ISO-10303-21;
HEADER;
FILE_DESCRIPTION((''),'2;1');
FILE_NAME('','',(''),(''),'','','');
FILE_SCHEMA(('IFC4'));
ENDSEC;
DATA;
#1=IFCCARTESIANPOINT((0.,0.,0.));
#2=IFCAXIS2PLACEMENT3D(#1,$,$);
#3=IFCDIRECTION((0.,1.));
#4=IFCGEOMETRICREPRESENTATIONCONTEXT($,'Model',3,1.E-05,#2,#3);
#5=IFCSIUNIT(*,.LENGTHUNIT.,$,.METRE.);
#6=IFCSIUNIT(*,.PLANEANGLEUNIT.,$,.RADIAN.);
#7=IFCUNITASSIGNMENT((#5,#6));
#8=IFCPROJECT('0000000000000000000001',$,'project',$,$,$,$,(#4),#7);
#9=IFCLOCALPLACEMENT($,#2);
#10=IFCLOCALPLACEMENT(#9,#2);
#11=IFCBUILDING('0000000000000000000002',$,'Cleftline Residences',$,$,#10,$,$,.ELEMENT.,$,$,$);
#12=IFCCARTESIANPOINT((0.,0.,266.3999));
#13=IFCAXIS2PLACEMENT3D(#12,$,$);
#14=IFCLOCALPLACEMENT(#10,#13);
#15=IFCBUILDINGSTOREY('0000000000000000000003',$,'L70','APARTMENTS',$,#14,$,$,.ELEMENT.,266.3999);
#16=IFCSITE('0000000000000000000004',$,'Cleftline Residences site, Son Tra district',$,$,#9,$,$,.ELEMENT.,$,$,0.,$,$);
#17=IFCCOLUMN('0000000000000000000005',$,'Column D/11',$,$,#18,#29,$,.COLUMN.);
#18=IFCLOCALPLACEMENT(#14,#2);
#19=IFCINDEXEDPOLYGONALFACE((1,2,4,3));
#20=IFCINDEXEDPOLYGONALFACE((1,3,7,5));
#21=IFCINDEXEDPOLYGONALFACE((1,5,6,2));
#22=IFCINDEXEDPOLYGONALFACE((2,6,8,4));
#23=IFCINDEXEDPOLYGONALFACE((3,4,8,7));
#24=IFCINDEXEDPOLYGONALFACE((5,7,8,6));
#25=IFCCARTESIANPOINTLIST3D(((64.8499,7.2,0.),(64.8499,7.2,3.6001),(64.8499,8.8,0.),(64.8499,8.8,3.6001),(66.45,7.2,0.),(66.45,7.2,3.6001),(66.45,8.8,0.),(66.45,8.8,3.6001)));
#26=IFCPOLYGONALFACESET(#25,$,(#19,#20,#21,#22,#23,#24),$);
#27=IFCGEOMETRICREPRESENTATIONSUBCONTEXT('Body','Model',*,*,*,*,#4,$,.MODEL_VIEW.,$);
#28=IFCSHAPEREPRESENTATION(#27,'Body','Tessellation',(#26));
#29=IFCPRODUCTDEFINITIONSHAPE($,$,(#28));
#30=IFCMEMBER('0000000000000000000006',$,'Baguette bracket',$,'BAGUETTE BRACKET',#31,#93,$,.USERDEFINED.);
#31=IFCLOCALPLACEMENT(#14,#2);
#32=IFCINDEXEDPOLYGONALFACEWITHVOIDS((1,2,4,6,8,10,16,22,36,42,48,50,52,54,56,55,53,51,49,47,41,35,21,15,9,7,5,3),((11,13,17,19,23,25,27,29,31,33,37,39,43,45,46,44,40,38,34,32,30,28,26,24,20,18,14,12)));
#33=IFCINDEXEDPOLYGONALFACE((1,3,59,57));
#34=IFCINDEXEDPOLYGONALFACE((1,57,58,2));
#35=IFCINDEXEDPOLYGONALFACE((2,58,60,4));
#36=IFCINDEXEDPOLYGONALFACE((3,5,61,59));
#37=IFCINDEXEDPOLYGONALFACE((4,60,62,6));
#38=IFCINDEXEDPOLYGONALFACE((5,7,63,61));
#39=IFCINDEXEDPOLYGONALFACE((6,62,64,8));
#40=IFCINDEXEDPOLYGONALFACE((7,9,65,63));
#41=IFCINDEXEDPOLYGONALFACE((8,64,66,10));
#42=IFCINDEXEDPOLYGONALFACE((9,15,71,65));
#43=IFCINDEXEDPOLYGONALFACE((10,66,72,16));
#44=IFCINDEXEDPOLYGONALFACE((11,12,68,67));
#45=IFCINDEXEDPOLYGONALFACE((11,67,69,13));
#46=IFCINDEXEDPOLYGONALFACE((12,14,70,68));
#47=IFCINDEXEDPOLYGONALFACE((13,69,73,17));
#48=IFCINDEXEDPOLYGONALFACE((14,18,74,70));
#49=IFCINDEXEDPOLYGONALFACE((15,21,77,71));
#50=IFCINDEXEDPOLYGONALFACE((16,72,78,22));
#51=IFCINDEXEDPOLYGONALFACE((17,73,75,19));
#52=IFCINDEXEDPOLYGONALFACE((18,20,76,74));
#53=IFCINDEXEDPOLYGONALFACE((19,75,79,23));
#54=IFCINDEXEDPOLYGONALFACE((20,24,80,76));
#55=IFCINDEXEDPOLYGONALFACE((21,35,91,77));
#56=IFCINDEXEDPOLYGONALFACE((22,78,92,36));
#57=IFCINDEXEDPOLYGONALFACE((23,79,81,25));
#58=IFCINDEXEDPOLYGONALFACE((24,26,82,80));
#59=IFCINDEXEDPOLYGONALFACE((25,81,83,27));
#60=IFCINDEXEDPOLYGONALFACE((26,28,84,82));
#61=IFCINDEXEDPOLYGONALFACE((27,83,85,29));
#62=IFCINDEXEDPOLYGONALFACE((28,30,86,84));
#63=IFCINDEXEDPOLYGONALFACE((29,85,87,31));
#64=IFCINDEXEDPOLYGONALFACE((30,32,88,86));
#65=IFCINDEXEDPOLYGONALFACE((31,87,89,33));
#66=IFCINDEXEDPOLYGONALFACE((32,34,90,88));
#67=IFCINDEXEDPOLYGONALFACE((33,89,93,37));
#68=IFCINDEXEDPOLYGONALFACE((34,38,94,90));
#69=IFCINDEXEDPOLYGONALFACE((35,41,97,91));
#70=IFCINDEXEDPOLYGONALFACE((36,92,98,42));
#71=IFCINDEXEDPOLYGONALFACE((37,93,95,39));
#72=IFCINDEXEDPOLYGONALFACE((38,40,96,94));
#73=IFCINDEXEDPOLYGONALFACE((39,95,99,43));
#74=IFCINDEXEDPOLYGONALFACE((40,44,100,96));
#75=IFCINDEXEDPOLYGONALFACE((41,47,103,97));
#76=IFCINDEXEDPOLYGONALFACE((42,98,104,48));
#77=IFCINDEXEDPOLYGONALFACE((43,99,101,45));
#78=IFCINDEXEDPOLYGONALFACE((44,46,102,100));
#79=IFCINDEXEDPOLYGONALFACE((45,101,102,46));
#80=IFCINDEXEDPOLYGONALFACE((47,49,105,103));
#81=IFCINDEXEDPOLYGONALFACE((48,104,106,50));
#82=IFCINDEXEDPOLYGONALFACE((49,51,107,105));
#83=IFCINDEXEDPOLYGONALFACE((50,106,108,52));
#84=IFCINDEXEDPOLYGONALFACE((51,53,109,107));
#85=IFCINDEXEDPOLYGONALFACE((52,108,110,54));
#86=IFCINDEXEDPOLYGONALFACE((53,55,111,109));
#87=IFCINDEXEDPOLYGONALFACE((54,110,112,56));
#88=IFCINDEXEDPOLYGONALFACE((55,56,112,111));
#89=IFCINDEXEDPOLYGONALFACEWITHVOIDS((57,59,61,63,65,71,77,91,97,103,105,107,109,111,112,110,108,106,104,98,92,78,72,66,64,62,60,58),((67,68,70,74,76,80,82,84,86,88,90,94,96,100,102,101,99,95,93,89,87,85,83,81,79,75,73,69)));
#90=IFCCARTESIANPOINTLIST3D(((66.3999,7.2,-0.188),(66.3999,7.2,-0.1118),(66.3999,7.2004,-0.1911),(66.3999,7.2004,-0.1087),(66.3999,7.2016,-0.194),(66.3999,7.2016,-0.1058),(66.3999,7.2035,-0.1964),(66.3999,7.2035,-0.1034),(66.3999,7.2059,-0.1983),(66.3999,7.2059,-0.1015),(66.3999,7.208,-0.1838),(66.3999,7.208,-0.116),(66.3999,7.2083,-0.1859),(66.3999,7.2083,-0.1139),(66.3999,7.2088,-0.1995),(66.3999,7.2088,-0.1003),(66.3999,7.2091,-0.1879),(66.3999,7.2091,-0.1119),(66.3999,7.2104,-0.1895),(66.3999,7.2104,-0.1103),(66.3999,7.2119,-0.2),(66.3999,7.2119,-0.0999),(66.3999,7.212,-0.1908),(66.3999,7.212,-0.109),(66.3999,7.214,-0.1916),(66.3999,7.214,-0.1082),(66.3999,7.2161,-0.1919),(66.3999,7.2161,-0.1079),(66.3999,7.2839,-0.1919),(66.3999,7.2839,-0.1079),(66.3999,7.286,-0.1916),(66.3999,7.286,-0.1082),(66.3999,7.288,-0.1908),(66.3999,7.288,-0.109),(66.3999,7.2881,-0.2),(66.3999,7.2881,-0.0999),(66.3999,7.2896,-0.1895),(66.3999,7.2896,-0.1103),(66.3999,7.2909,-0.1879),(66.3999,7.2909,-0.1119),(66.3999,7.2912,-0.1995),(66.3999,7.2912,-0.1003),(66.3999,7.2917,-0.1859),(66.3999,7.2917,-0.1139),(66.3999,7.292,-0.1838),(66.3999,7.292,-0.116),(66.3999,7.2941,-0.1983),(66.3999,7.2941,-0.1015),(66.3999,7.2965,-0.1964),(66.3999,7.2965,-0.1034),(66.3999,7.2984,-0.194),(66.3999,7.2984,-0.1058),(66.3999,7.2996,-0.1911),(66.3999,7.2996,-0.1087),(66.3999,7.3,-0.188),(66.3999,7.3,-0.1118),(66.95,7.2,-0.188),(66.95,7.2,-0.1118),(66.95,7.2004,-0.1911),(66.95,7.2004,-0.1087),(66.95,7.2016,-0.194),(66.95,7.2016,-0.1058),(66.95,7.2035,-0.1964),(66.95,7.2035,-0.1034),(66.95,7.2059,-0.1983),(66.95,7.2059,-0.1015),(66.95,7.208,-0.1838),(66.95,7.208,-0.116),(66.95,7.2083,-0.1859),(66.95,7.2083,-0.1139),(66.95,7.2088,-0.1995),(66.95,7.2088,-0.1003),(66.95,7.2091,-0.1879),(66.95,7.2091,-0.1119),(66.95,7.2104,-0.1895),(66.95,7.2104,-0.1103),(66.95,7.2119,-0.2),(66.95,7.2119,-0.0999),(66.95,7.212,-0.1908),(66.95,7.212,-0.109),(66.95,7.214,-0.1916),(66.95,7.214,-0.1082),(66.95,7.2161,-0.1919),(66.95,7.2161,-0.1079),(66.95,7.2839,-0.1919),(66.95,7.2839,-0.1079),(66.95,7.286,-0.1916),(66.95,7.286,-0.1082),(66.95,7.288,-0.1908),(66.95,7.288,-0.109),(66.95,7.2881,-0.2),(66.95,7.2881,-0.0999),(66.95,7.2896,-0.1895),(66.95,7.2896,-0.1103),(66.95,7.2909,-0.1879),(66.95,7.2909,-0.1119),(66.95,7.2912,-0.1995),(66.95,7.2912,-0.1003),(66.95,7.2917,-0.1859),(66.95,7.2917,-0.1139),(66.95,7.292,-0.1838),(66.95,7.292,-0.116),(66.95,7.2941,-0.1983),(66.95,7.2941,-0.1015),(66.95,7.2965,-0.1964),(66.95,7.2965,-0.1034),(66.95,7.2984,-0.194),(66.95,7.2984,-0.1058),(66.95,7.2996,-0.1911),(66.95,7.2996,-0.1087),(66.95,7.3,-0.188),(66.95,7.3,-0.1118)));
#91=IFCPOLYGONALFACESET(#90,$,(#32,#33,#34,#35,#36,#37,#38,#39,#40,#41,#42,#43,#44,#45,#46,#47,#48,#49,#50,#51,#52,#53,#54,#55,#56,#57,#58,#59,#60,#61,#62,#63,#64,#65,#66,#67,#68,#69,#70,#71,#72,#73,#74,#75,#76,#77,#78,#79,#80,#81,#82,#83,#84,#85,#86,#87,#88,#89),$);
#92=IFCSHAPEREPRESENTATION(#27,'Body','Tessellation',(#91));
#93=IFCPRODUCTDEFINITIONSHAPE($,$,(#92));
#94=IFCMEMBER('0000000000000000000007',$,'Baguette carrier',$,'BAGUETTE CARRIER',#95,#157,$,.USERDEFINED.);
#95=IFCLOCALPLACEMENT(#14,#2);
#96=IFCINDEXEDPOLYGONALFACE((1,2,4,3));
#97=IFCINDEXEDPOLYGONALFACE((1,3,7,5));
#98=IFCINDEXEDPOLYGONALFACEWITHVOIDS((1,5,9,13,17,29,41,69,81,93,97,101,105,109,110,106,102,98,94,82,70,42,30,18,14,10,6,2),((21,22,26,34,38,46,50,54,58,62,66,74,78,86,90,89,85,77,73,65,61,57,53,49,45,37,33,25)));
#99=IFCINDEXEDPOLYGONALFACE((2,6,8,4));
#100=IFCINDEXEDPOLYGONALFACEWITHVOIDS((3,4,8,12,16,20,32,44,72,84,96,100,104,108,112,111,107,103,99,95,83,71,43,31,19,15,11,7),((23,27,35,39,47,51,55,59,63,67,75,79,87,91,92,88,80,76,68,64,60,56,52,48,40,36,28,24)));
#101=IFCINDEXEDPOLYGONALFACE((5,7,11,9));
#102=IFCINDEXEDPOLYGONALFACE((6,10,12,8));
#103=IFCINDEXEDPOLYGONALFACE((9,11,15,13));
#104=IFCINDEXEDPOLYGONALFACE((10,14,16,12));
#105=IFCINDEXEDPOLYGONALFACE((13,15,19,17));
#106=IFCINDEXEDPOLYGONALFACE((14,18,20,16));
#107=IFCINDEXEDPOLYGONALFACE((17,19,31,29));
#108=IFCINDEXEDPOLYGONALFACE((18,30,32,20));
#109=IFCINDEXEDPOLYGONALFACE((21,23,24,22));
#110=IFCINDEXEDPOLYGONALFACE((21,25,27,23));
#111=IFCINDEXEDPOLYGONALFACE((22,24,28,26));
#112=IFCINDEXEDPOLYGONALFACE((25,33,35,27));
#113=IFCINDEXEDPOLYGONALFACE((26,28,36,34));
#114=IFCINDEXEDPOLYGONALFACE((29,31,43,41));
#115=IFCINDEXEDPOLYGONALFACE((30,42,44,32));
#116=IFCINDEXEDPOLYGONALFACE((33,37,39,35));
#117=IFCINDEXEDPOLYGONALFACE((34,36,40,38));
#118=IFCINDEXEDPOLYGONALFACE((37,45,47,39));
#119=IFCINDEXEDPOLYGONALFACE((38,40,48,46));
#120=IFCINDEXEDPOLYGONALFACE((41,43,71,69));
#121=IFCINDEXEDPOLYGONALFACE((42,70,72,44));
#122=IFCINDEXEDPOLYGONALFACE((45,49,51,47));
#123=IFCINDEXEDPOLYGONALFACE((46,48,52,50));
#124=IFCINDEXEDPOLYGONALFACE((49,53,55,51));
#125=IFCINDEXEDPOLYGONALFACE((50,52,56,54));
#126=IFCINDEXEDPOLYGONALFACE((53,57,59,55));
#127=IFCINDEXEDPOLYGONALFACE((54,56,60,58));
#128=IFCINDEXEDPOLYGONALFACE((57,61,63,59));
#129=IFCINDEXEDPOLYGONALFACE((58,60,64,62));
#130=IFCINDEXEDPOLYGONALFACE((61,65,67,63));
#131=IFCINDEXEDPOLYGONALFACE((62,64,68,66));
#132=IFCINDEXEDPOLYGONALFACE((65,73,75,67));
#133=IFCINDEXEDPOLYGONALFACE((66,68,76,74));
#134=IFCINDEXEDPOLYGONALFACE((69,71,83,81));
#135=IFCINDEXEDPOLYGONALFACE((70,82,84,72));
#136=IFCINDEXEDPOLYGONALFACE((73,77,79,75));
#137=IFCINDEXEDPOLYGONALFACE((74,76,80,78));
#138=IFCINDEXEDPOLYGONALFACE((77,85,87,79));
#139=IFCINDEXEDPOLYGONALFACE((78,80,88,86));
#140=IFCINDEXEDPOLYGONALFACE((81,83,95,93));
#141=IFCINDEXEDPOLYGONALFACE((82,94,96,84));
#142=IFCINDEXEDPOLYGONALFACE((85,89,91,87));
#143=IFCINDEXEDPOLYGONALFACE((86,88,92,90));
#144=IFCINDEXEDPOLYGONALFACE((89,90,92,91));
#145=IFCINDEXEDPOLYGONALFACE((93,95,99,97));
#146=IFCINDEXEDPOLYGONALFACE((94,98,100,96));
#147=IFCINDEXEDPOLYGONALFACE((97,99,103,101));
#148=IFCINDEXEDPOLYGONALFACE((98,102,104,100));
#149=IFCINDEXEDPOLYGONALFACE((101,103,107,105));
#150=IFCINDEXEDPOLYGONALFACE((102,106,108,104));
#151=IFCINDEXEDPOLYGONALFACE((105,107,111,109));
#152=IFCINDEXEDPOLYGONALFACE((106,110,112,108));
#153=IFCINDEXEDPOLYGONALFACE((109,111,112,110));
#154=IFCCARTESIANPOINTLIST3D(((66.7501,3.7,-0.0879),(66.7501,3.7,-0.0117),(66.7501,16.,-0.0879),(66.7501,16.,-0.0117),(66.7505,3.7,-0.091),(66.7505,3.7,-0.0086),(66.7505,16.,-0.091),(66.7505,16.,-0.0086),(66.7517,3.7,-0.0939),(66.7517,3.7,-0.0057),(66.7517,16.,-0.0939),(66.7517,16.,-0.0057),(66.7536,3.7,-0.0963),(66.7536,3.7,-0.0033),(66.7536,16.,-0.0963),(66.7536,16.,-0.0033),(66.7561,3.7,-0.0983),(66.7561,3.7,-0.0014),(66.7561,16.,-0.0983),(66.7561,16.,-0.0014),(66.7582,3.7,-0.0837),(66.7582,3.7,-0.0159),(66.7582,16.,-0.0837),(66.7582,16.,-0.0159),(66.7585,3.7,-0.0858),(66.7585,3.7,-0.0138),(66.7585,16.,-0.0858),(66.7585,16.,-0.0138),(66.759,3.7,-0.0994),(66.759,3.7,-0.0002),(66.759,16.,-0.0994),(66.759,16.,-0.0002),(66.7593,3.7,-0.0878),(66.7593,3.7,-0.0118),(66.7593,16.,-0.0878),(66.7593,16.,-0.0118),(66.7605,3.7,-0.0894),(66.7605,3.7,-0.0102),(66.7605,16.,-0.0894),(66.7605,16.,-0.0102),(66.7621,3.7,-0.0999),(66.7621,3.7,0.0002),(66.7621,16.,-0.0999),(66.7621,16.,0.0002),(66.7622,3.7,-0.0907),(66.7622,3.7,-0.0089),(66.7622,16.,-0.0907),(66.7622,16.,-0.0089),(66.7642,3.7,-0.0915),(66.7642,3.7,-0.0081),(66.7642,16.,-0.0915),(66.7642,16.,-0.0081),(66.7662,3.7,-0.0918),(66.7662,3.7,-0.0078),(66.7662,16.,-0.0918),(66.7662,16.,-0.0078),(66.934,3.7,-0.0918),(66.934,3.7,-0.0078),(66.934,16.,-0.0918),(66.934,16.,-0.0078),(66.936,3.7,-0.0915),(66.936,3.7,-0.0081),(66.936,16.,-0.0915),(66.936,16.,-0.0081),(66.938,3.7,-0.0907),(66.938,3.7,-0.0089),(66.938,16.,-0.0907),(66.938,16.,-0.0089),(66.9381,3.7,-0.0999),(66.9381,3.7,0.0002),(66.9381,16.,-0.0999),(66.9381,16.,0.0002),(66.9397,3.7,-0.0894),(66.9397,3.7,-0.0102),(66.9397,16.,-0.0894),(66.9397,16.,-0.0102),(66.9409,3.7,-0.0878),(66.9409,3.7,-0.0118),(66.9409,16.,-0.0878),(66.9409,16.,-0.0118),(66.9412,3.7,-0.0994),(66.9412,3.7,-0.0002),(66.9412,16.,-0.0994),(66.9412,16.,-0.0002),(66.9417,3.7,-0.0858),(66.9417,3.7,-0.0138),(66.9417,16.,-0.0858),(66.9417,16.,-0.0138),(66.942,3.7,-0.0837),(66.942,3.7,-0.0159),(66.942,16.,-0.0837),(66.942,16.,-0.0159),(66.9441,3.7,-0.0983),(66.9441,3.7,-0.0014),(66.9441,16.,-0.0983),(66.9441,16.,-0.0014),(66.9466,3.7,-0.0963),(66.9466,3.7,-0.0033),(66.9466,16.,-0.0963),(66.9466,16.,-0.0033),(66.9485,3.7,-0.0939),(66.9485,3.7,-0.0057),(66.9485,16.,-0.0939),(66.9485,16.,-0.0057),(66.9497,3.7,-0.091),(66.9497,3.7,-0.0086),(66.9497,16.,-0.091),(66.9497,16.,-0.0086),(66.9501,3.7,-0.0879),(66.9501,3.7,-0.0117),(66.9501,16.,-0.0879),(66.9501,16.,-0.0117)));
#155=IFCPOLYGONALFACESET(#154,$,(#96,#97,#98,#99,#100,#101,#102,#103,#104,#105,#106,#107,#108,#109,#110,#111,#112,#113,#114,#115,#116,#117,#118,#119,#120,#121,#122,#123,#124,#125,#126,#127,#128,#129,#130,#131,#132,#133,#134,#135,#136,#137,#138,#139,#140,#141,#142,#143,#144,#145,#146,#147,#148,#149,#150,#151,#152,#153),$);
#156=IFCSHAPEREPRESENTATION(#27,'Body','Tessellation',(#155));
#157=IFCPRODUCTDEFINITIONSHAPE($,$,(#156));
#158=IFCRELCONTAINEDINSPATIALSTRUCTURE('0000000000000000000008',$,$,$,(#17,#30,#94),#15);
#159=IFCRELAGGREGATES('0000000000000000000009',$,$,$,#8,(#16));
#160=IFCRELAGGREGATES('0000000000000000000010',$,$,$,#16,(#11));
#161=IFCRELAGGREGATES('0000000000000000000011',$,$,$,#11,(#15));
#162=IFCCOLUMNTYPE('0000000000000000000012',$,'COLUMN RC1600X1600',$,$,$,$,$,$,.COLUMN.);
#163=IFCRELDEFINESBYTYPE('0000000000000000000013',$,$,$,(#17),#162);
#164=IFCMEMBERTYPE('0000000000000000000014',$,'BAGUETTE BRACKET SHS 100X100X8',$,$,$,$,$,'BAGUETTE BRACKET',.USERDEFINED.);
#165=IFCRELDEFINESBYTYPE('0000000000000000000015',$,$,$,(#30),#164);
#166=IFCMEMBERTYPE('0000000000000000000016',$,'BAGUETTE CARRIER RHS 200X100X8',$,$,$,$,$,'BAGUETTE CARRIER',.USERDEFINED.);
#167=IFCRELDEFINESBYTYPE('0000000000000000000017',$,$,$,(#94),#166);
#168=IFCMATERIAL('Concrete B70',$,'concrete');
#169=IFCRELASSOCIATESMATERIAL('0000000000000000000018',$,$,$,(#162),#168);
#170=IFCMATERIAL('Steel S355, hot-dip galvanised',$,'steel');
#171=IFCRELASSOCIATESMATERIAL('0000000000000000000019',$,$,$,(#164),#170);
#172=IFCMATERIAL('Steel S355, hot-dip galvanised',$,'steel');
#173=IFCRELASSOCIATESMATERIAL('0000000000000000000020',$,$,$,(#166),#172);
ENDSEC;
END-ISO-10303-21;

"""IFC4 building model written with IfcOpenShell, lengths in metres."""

from ifc_helpers import new_model, si_unit, direction, frame, origin, origin_2d, place, context, subcontext, project, spatial, rectangle, hollow_rectangle, extrude, material, material_profile, profile_set, type_object, element, save


model = new_model("IFC4")

# Units and contexts
model_context = context("Model", 3, precision=1e-05, world=origin(), true_north=direction((0.0, 1.0)))
body_context = subcontext(model_context, "Body", "Model", "MODEL_VIEW")
ifc_project = project(units=[si_unit("LENGTHUNIT", "METRE"), si_unit("PLANEANGLEUNIT", "RADIAN")], contexts=[model_context])

# Site, building, storey
site_placement = place(None, origin())
site = spatial("IfcSite", under=ifc_project, at=site_placement, Name="Cleftline Residences site, Son Tra district", CompositionType="ELEMENT", RefElevation=0.0)
building_placement = place(site_placement, origin())
building = spatial("IfcBuilding", under=site, at=building_placement, Name="Cleftline Residences", CompositionType="ELEMENT")
storey_placement = place(building_placement, frame((0.0, 0.0, 266.3999)))
storey = spatial("IfcBuildingStorey", under=building, at=storey_placement, Name="L70", Description="APARTMENTS", CompositionType="ELEMENT", Elevation=266.3999)

# Column
ifc_material_1 = material(Name="Concrete B70", Category="concrete")
ifc_material_profile_1 = material_profile(ifc_material_1, rectangle(XDim=1.6001, YDim=1.6001, at=origin_2d()))
ifc_profile_set_1 = profile_set([ifc_material_profile_1], Name="Concrete B70")
column_type = type_object("IfcColumnType", Name="COLUMN RC1600X1600", PredefinedType="COLUMN", material=ifc_profile_set_1)
column_placement = place(storey_placement, frame((65.6499, 8.0, 0.0), z_axis=(0.0, 0.0, 1.0), x_axis=(1.0, 0.0, 0.0)))
element("IfcColumn", 1, at=column_placement, inside=storey, type_object=column_type, Name="Column D/11", PredefinedType="COLUMN", context=body_context, shape_type="SweptSolid", body=[
    extrude(rectangle(XDim=1.6001, YDim=1.6001, at=origin_2d()), origin(), (0.0, 0.0, 1.0), 3.6001),
])

# Members
ifc_material_2 = material(Name="Steel S355, hot-dip galvanised", Category="steel")
ifc_material_profile_2 = material_profile(ifc_material_2, hollow_rectangle(XDim=0.1001, YDim=0.1001, WallThickness=0.0081, InnerFilletRadius=0.0081, OuterFilletRadius=0.012, at=origin_2d()))
ifc_profile_set_2 = profile_set([ifc_material_profile_2], Name="Steel S355, hot-dip galvanised")
member_type_1 = type_object("IfcMemberType", Name="BAGUETTE BRACKET SHS 100X100X8", ElementType="BAGUETTE BRACKET", PredefinedType="USERDEFINED", material=ifc_profile_set_2)
member_1_placement = place(storey_placement, frame((66.3999, 7.25, -0.1499), z_axis=(1.0, 0.0, 0.0), x_axis=(0.0, 1.0, 0.0)))
element("IfcMember", 2, at=member_1_placement, inside=storey, type_object=member_type_1, Name="Baguette bracket", ObjectType="BAGUETTE BRACKET", PredefinedType="USERDEFINED", context=body_context, shape_type="SweptSolid", body=[
    extrude(hollow_rectangle(XDim=0.1001, YDim=0.1001, WallThickness=0.0081, InnerFilletRadius=0.0081, OuterFilletRadius=0.012, at=origin_2d()), origin(), (0.0, 0.0, 1.0), 0.55),
])
ifc_material_3 = material(Name="Steel S355, hot-dip galvanised", Category="steel")
ifc_material_profile_3 = material_profile(ifc_material_3, hollow_rectangle(XDim=0.1001, YDim=0.2, WallThickness=0.0081, InnerFilletRadius=0.0081, OuterFilletRadius=0.012, at=origin_2d()))
ifc_profile_set_3 = profile_set([ifc_material_profile_3], Name="Steel S355, hot-dip galvanised")
member_type_2 = type_object("IfcMemberType", Name="BAGUETTE CARRIER RHS 200X100X8", ElementType="BAGUETTE CARRIER", PredefinedType="USERDEFINED", material=ifc_profile_set_3)
member_2_placement = place(storey_placement, frame((66.8501, 3.7, -0.0498), z_axis=(0.0, 1.0, 0.0), x_axis=(0.0, 0.0, 1.0)))
element("IfcMember", 3, at=member_2_placement, inside=storey, type_object=member_type_2, Name="Baguette carrier", ObjectType="BAGUETTE CARRIER", PredefinedType="USERDEFINED", context=body_context, shape_type="SweptSolid", body=[
    extrude(hollow_rectangle(XDim=0.1001, YDim=0.2, WallThickness=0.0081, InnerFilletRadius=0.0081, OuterFilletRadius=0.012, at=origin_2d()), origin(), (0.0, 0.0, 1.0), 12.3),
])

save(model, "model.ifc")
